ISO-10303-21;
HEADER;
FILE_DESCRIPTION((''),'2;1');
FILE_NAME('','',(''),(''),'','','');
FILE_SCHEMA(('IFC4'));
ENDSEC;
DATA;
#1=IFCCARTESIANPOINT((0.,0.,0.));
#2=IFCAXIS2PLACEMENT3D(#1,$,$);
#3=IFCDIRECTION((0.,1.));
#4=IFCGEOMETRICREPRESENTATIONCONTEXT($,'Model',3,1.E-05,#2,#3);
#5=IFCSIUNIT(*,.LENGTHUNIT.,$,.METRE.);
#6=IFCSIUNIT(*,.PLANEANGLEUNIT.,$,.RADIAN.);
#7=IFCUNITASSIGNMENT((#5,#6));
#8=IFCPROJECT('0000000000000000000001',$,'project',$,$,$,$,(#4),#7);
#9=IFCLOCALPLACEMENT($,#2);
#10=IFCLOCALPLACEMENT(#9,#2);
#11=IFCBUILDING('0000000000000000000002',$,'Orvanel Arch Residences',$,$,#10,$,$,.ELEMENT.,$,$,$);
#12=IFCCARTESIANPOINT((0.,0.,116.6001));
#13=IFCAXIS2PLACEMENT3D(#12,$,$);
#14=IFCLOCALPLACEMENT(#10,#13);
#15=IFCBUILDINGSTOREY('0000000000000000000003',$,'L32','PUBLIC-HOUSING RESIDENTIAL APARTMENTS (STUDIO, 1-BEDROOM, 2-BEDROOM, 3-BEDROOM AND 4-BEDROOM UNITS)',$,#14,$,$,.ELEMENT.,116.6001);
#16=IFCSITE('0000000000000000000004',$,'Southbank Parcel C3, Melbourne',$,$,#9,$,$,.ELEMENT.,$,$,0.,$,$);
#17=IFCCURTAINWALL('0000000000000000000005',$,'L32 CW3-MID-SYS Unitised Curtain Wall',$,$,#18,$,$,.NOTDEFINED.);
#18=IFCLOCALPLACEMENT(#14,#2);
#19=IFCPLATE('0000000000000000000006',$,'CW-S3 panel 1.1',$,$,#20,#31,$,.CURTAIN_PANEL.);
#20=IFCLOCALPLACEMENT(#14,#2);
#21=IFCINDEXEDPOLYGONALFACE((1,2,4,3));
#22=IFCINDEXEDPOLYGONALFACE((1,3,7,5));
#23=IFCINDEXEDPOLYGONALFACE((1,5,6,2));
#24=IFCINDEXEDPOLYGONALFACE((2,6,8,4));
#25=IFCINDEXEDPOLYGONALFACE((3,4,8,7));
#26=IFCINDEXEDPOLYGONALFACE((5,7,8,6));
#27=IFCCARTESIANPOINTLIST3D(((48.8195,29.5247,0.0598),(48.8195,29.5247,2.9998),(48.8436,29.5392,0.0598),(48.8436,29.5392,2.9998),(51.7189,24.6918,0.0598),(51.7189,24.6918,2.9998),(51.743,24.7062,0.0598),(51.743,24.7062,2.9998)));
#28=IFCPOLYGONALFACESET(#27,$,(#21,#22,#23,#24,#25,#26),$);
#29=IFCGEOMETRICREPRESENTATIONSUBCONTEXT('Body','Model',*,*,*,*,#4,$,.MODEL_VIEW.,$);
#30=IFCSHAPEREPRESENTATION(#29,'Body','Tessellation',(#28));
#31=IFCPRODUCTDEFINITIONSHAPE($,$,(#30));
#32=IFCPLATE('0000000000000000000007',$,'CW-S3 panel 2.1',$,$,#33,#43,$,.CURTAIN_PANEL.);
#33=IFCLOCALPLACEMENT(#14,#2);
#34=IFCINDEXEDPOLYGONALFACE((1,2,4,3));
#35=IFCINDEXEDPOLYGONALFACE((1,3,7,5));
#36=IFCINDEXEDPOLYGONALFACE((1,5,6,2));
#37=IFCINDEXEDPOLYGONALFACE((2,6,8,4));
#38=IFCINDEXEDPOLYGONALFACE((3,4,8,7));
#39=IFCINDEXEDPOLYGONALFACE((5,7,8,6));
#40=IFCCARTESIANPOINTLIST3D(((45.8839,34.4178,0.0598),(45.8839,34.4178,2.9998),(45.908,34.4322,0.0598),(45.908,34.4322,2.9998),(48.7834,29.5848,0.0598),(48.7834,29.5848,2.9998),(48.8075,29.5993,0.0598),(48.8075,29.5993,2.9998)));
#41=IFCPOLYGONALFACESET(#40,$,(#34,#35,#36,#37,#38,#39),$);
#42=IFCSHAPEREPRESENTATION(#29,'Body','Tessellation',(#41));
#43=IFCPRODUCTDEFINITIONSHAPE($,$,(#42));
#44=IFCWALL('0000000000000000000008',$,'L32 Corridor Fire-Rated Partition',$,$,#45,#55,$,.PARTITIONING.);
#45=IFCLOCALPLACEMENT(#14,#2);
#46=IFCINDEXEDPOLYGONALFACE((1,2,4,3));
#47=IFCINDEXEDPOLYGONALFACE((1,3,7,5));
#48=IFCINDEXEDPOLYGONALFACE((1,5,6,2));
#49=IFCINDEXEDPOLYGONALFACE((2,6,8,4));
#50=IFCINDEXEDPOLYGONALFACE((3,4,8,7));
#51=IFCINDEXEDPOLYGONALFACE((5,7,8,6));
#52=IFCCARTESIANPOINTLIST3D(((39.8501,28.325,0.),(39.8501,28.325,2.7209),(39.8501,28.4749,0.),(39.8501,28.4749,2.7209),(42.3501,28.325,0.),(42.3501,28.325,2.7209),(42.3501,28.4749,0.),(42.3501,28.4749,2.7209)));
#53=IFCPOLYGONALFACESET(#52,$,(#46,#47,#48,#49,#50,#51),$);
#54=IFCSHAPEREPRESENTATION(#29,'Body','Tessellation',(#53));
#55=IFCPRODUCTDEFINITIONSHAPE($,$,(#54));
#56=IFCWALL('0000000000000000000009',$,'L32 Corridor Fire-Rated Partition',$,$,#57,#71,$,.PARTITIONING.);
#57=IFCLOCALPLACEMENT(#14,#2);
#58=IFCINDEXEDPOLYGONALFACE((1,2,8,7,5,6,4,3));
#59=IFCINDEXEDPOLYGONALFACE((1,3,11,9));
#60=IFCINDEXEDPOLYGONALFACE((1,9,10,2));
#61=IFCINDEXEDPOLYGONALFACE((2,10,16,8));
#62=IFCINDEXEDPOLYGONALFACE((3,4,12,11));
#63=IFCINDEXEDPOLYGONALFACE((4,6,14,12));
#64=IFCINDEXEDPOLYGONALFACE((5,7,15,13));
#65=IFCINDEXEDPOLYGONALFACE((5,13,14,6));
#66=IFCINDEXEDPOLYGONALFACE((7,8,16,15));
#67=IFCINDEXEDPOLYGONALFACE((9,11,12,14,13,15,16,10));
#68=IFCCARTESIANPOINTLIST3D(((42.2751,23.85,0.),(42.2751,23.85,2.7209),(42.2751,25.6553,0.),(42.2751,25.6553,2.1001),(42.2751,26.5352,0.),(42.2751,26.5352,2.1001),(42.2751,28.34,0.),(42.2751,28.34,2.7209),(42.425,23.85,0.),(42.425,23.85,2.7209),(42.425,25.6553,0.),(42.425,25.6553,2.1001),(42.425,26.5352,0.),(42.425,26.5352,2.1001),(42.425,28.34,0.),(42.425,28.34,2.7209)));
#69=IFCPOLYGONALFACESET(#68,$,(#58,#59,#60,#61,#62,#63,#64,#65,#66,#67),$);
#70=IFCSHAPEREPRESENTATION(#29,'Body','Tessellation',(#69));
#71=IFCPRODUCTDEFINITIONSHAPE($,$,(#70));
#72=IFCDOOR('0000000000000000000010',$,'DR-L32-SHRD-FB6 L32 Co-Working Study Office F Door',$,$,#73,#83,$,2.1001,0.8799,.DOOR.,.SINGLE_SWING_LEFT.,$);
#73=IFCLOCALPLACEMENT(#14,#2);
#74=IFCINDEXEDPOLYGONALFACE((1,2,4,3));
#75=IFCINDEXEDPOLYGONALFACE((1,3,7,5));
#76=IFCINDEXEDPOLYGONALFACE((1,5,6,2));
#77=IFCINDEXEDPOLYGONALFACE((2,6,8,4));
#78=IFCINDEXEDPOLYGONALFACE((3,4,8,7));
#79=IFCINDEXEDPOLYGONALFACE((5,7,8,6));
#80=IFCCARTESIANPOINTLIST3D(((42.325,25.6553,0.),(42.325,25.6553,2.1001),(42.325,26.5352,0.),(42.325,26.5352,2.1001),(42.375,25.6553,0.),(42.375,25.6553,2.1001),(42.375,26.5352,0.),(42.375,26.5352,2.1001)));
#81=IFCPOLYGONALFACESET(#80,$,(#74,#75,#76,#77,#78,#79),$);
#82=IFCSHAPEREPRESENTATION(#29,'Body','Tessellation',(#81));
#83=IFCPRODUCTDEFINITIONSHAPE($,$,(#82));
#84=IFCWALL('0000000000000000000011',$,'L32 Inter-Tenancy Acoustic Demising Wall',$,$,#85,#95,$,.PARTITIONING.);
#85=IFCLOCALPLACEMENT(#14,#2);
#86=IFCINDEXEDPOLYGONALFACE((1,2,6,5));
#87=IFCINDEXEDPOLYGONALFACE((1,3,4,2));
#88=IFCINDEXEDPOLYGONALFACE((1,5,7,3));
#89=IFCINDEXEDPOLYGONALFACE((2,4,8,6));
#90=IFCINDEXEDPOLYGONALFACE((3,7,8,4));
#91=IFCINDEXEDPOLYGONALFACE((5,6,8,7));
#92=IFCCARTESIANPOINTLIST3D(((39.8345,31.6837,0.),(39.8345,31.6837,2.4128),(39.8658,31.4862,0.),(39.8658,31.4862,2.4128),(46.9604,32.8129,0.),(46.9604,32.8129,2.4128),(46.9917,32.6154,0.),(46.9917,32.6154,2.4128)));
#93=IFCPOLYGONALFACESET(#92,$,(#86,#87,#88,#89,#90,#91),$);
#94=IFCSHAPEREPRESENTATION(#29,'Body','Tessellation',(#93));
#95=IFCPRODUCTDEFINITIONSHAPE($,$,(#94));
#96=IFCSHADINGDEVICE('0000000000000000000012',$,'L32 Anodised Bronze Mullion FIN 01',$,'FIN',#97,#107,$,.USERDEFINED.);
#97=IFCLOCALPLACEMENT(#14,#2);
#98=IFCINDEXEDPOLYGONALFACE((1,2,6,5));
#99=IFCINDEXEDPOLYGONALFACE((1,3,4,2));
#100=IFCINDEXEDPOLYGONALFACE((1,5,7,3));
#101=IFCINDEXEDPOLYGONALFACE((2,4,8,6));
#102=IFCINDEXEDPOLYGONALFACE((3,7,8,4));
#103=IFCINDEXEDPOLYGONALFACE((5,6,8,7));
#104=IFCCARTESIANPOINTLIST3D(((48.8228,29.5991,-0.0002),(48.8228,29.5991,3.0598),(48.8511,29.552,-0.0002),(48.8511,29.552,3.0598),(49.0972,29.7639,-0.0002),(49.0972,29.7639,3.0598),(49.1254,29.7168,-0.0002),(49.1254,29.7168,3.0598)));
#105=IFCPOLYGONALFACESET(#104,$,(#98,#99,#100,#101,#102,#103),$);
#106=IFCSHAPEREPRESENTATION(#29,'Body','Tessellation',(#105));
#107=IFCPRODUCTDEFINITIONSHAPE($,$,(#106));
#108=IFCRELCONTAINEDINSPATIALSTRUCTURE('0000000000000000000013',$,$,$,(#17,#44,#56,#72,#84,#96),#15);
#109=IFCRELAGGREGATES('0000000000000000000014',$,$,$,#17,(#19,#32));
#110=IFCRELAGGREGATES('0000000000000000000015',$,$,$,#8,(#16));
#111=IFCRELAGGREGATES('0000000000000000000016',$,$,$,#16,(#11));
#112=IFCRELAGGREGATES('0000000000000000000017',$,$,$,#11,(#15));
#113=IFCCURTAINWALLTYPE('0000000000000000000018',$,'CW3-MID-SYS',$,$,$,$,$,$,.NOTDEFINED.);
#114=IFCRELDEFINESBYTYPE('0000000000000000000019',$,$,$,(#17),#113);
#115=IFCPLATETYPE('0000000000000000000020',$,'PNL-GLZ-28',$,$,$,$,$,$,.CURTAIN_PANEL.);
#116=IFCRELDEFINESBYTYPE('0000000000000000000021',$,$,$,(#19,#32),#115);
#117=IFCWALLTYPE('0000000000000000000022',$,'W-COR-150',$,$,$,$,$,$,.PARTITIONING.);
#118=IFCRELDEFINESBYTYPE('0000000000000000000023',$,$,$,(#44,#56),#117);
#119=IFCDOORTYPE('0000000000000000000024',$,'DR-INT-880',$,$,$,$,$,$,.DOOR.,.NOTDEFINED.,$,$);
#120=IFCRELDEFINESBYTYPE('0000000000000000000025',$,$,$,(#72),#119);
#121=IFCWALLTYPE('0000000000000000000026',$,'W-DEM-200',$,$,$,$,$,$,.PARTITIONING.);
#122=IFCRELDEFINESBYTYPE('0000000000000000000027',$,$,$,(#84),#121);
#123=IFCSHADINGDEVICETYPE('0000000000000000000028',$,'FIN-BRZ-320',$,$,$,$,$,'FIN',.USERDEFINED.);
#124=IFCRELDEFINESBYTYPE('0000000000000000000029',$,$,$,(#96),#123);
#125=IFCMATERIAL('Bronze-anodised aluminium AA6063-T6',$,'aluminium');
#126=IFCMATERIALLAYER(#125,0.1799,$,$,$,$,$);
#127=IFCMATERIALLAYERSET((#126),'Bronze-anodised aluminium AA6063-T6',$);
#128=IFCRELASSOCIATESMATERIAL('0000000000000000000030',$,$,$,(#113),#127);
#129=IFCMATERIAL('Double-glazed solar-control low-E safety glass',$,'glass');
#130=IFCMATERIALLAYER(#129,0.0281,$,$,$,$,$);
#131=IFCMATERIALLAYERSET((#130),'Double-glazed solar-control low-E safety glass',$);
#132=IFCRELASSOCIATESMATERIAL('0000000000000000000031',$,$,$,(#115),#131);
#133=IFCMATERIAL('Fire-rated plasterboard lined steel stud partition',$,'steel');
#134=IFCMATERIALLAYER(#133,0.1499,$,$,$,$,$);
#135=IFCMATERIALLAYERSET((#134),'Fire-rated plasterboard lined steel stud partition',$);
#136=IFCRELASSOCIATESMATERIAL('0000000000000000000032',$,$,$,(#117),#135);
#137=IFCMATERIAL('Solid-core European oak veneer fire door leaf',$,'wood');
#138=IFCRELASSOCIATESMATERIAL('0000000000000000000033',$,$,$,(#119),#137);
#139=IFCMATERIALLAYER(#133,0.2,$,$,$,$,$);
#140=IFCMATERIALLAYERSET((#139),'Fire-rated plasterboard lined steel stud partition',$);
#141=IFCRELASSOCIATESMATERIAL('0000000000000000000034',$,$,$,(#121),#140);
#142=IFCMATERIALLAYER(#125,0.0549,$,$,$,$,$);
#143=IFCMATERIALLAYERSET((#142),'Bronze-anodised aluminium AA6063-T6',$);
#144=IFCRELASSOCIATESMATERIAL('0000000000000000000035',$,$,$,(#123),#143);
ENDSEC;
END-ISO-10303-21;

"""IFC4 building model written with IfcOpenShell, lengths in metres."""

from ifc_helpers import new_model, si_unit, direction, frame, frame_2d, origin, origin_2d, place, context, subcontext, project, spatial, rectangle, extrude, material, layer, layer_set, type_object, element, fill, aggregate, save


model = new_model("IFC4")

# Units and contexts
model_context = context("Model", 3, precision=1e-05, world=origin(), true_north=direction((0.0, 1.0)))
body_context = subcontext(model_context, "Body", "Model", "MODEL_VIEW")
ifc_project = project(units=[si_unit("LENGTHUNIT", "METRE"), si_unit("PLANEANGLEUNIT", "RADIAN")], contexts=[model_context])

# Site, building, storey
site_placement = place(None, origin())
site = spatial("IfcSite", under=ifc_project, at=site_placement, Name="Southbank Parcel C3, Melbourne", CompositionType="ELEMENT", RefElevation=0.0)
building_placement = place(site_placement, origin())
building = spatial("IfcBuilding", under=site, at=building_placement, Name="Orvanel Arch Residences", CompositionType="ELEMENT")
storey_placement = place(building_placement, frame((0.0, 0.0, 116.6001)))
storey = spatial("IfcBuildingStorey", under=building, at=storey_placement, Name="L32", Description="PUBLIC-HOUSING RESIDENTIAL APARTMENTS (STUDIO, 1-BEDROOM, 2-BEDROOM, 3-BEDROOM AND 4-BEDROOM UNITS)", CompositionType="ELEMENT", Elevation=116.6001)

# Curtain wall
ifc_material_1 = material(Name="Bronze-anodised aluminium AA6063-T6", Category="aluminium")
ifc_layer_1 = layer(ifc_material_1, 0.1799)
ifc_layer_set_1 = layer_set([ifc_layer_1], Name="Bronze-anodised aluminium AA6063-T6")
curtain_wall_type = type_object("IfcCurtainWallType", Name="CW3-MID-SYS", PredefinedType="NOTDEFINED", material=ifc_layer_set_1)
curtain_wall_1_placement = place(storey_placement, origin())
curtain_wall_1 = element("IfcCurtainWall", 1, at=curtain_wall_1_placement, inside=storey, type_object=curtain_wall_type, Name="L32 CW3-MID-SYS Unitised Curtain Wall", PredefinedType="NOTDEFINED")

# Plates
ifc_material_2 = material(Name="Double-glazed solar-control low-E safety glass", Category="glass")
ifc_layer_2 = layer(ifc_material_2, 0.0281)
ifc_layer_set_2 = layer_set([ifc_layer_2], Name="Double-glazed solar-control low-E safety glass")
plate_type = type_object("IfcPlateType", Name="PNL-GLZ-28", PredefinedType="CURTAIN_PANEL", material=ifc_layer_set_2)
plate_1_placement = place(storey_placement, frame((50.2812, 27.1155, 0.0598), z_axis=(0.0, 0.0, 1.0), x_axis=(-0.514457, 0.857516, 0.0)))
plate_1 = element("IfcPlate", 2, at=plate_1_placement, type_object=plate_type, Name="CW-S3 panel 1.1", PredefinedType="CURTAIN_PANEL", context=body_context, shape_type="SweptSolid", body=[
    extrude(rectangle(XDim=5.636, YDim=0.0281, at=origin_2d()), origin(), (0.0, 0.0, 1.0), 2.9399),
])
plate_2_placement = place(storey_placement, frame((47.3457, 32.0085, 0.0598), z_axis=(0.0, 0.0, 1.0), x_axis=(-0.514457, 0.857516, 0.0)))
plate_2 = element("IfcPlate", 3, at=plate_2_placement, type_object=plate_type, Name="CW-S3 panel 2.1", PredefinedType="CURTAIN_PANEL", context=body_context, shape_type="SweptSolid", body=[
    extrude(rectangle(XDim=5.636, YDim=0.0281, at=origin_2d()), origin(), (0.0, 0.0, 1.0), 2.9399),
])
aggregate(curtain_wall_1, [plate_1, plate_2])

# Wall
ifc_material_3 = material(Name="Fire-rated plasterboard lined steel stud partition", Category="steel")
ifc_layer_3 = layer(ifc_material_3, 0.1499)
ifc_layer_set_3 = layer_set([ifc_layer_3], Name="Fire-rated plasterboard lined steel stud partition")
wall_type_1 = type_object("IfcWallType", Name="W-COR-150", PredefinedType="PARTITIONING", material=ifc_layer_set_3)
wall_1_placement = place(storey_placement, frame((39.8501, 28.3999, 0.0), z_axis=(0.0, 0.0, 1.0), x_axis=(1.0, 0.0, 0.0)))
element("IfcWall", 4, at=wall_1_placement, inside=storey, type_object=wall_type_1, Name="L32 Corridor Fire-Rated Partition", PredefinedType="PARTITIONING", context=body_context, shape_type="SweptSolid", body=[
    extrude(rectangle(XDim=2.5, YDim=0.1499, at=frame_2d((1.25, 0.0))), origin(), (0.0, 0.0, 1.0), 2.7209),
])

# Wall, opening, door
wall_2_placement = place(storey_placement, frame((42.3501, 28.3401, 0.0), z_axis=(0.0, 0.0, 1.0), x_axis=(0.0, -1.0, 0.0)))
wall_2 = element("IfcWall", 5, at=wall_2_placement, inside=storey, type_object=wall_type_1, Name="L32 Corridor Fire-Rated Partition", PredefinedType="PARTITIONING", context=body_context, shape_type="SweptSolid", body=[
    extrude(rectangle(XDim=4.49, YDim=0.1499, at=frame_2d((2.2451, 0.0))), origin(), (0.0, 0.0, 1.0), 2.7209),
])
opening_placement = place(wall_2_placement, frame((1.8049, 0.0, 0.0)))
opening = element("IfcOpeningElement", 6, at=opening_placement, cuts=wall_2, PredefinedType="OPENING", context=body_context, shape_type="SweptSolid", body=[
    extrude(rectangle(XDim=0.8799, YDim=2.1001, at=frame_2d((0.4399, 1.05))), frame((0.0, 0.085, 0.0), z_axis=(0.0, -1.0, 0.0), x_axis=(1.0, 0.0, 0.0)), (0.0, 0.0, 1.0), 0.1699),
])
ifc_material_4 = material(Name="Solid-core European oak veneer fire door leaf", Category="wood")
door_type = type_object("IfcDoorType", Name="DR-INT-880", OperationType="NOTDEFINED", PredefinedType="DOOR", material=ifc_material_4)
door_placement = place(opening_placement, origin())
door = element("IfcDoor", 7, at=door_placement, inside=storey, type_object=door_type, Name="DR-L32-SHRD-FB6 L32 Co-Working Study Office F Door", OperationType="SINGLE_SWING_LEFT", OverallHeight=2.1001, OverallWidth=0.8799, PredefinedType="DOOR", context=body_context, shape_type="SweptSolid", body=[
    extrude(rectangle(XDim=0.8799, YDim=2.1001, at=frame_2d((0.4399, 1.05))), frame((0.0, 0.0249, 0.0), z_axis=(0.0, -1.0, 0.0), x_axis=(1.0, 0.0, 0.0)), (0.0, 0.0, 1.0), 0.05),
])
fill(opening, door)

# Wall
ifc_layer_4 = layer(ifc_material_3, 0.2)
ifc_layer_set_4 = layer_set([ifc_layer_4], Name="Fire-rated plasterboard lined steel stud partition")
wall_type_2 = type_object("IfcWallType", Name="W-DEM-200", PredefinedType="PARTITIONING", material=ifc_layer_set_4)
wall_3_placement = place(storey_placement, frame((46.9761, 32.7141, 0.0), z_axis=(0.0, 0.0, 1.0), x_axis=(-0.987677, -0.156503, 0.0)))
element("IfcWall", 8, at=wall_3_placement, inside=storey, type_object=wall_type_2, Name="L32 Inter-Tenancy Acoustic Demising Wall", PredefinedType="PARTITIONING", context=body_context, shape_type="SweptSolid", body=[
    extrude(rectangle(XDim=7.2148, YDim=0.2, at=frame_2d((3.6074, 0.0))), origin(), (0.0, 0.0, 1.0), 2.4128),
])

# Shading device
ifc_layer_5 = layer(ifc_material_1, 0.0549)
ifc_layer_set_5 = layer_set([ifc_layer_5], Name="Bronze-anodised aluminium AA6063-T6")
shading_device_type = type_object("IfcShadingDeviceType", Name="FIN-BRZ-320", ElementType="FIN", PredefinedType="USERDEFINED", material=ifc_layer_set_5)
shading_device_placement = place(storey_placement, frame((48.9741, 29.658, -0.0002), z_axis=(0.0, 0.0, 1.0), x_axis=(0.857167, 0.515038, 0.0)))
element("IfcShadingDevice", 9, at=shading_device_placement, inside=storey, type_object=shading_device_type, Name="L32 Anodised Bronze Mullion FIN 01", ObjectType="FIN", PredefinedType="USERDEFINED", context=body_context, shape_type="SweptSolid", body=[
    extrude(rectangle(XDim=0.3201, YDim=0.0549, at=origin_2d()), origin(), (0.0, 0.0, 1.0), 3.0601),
])

save(model, "model.ifc")
